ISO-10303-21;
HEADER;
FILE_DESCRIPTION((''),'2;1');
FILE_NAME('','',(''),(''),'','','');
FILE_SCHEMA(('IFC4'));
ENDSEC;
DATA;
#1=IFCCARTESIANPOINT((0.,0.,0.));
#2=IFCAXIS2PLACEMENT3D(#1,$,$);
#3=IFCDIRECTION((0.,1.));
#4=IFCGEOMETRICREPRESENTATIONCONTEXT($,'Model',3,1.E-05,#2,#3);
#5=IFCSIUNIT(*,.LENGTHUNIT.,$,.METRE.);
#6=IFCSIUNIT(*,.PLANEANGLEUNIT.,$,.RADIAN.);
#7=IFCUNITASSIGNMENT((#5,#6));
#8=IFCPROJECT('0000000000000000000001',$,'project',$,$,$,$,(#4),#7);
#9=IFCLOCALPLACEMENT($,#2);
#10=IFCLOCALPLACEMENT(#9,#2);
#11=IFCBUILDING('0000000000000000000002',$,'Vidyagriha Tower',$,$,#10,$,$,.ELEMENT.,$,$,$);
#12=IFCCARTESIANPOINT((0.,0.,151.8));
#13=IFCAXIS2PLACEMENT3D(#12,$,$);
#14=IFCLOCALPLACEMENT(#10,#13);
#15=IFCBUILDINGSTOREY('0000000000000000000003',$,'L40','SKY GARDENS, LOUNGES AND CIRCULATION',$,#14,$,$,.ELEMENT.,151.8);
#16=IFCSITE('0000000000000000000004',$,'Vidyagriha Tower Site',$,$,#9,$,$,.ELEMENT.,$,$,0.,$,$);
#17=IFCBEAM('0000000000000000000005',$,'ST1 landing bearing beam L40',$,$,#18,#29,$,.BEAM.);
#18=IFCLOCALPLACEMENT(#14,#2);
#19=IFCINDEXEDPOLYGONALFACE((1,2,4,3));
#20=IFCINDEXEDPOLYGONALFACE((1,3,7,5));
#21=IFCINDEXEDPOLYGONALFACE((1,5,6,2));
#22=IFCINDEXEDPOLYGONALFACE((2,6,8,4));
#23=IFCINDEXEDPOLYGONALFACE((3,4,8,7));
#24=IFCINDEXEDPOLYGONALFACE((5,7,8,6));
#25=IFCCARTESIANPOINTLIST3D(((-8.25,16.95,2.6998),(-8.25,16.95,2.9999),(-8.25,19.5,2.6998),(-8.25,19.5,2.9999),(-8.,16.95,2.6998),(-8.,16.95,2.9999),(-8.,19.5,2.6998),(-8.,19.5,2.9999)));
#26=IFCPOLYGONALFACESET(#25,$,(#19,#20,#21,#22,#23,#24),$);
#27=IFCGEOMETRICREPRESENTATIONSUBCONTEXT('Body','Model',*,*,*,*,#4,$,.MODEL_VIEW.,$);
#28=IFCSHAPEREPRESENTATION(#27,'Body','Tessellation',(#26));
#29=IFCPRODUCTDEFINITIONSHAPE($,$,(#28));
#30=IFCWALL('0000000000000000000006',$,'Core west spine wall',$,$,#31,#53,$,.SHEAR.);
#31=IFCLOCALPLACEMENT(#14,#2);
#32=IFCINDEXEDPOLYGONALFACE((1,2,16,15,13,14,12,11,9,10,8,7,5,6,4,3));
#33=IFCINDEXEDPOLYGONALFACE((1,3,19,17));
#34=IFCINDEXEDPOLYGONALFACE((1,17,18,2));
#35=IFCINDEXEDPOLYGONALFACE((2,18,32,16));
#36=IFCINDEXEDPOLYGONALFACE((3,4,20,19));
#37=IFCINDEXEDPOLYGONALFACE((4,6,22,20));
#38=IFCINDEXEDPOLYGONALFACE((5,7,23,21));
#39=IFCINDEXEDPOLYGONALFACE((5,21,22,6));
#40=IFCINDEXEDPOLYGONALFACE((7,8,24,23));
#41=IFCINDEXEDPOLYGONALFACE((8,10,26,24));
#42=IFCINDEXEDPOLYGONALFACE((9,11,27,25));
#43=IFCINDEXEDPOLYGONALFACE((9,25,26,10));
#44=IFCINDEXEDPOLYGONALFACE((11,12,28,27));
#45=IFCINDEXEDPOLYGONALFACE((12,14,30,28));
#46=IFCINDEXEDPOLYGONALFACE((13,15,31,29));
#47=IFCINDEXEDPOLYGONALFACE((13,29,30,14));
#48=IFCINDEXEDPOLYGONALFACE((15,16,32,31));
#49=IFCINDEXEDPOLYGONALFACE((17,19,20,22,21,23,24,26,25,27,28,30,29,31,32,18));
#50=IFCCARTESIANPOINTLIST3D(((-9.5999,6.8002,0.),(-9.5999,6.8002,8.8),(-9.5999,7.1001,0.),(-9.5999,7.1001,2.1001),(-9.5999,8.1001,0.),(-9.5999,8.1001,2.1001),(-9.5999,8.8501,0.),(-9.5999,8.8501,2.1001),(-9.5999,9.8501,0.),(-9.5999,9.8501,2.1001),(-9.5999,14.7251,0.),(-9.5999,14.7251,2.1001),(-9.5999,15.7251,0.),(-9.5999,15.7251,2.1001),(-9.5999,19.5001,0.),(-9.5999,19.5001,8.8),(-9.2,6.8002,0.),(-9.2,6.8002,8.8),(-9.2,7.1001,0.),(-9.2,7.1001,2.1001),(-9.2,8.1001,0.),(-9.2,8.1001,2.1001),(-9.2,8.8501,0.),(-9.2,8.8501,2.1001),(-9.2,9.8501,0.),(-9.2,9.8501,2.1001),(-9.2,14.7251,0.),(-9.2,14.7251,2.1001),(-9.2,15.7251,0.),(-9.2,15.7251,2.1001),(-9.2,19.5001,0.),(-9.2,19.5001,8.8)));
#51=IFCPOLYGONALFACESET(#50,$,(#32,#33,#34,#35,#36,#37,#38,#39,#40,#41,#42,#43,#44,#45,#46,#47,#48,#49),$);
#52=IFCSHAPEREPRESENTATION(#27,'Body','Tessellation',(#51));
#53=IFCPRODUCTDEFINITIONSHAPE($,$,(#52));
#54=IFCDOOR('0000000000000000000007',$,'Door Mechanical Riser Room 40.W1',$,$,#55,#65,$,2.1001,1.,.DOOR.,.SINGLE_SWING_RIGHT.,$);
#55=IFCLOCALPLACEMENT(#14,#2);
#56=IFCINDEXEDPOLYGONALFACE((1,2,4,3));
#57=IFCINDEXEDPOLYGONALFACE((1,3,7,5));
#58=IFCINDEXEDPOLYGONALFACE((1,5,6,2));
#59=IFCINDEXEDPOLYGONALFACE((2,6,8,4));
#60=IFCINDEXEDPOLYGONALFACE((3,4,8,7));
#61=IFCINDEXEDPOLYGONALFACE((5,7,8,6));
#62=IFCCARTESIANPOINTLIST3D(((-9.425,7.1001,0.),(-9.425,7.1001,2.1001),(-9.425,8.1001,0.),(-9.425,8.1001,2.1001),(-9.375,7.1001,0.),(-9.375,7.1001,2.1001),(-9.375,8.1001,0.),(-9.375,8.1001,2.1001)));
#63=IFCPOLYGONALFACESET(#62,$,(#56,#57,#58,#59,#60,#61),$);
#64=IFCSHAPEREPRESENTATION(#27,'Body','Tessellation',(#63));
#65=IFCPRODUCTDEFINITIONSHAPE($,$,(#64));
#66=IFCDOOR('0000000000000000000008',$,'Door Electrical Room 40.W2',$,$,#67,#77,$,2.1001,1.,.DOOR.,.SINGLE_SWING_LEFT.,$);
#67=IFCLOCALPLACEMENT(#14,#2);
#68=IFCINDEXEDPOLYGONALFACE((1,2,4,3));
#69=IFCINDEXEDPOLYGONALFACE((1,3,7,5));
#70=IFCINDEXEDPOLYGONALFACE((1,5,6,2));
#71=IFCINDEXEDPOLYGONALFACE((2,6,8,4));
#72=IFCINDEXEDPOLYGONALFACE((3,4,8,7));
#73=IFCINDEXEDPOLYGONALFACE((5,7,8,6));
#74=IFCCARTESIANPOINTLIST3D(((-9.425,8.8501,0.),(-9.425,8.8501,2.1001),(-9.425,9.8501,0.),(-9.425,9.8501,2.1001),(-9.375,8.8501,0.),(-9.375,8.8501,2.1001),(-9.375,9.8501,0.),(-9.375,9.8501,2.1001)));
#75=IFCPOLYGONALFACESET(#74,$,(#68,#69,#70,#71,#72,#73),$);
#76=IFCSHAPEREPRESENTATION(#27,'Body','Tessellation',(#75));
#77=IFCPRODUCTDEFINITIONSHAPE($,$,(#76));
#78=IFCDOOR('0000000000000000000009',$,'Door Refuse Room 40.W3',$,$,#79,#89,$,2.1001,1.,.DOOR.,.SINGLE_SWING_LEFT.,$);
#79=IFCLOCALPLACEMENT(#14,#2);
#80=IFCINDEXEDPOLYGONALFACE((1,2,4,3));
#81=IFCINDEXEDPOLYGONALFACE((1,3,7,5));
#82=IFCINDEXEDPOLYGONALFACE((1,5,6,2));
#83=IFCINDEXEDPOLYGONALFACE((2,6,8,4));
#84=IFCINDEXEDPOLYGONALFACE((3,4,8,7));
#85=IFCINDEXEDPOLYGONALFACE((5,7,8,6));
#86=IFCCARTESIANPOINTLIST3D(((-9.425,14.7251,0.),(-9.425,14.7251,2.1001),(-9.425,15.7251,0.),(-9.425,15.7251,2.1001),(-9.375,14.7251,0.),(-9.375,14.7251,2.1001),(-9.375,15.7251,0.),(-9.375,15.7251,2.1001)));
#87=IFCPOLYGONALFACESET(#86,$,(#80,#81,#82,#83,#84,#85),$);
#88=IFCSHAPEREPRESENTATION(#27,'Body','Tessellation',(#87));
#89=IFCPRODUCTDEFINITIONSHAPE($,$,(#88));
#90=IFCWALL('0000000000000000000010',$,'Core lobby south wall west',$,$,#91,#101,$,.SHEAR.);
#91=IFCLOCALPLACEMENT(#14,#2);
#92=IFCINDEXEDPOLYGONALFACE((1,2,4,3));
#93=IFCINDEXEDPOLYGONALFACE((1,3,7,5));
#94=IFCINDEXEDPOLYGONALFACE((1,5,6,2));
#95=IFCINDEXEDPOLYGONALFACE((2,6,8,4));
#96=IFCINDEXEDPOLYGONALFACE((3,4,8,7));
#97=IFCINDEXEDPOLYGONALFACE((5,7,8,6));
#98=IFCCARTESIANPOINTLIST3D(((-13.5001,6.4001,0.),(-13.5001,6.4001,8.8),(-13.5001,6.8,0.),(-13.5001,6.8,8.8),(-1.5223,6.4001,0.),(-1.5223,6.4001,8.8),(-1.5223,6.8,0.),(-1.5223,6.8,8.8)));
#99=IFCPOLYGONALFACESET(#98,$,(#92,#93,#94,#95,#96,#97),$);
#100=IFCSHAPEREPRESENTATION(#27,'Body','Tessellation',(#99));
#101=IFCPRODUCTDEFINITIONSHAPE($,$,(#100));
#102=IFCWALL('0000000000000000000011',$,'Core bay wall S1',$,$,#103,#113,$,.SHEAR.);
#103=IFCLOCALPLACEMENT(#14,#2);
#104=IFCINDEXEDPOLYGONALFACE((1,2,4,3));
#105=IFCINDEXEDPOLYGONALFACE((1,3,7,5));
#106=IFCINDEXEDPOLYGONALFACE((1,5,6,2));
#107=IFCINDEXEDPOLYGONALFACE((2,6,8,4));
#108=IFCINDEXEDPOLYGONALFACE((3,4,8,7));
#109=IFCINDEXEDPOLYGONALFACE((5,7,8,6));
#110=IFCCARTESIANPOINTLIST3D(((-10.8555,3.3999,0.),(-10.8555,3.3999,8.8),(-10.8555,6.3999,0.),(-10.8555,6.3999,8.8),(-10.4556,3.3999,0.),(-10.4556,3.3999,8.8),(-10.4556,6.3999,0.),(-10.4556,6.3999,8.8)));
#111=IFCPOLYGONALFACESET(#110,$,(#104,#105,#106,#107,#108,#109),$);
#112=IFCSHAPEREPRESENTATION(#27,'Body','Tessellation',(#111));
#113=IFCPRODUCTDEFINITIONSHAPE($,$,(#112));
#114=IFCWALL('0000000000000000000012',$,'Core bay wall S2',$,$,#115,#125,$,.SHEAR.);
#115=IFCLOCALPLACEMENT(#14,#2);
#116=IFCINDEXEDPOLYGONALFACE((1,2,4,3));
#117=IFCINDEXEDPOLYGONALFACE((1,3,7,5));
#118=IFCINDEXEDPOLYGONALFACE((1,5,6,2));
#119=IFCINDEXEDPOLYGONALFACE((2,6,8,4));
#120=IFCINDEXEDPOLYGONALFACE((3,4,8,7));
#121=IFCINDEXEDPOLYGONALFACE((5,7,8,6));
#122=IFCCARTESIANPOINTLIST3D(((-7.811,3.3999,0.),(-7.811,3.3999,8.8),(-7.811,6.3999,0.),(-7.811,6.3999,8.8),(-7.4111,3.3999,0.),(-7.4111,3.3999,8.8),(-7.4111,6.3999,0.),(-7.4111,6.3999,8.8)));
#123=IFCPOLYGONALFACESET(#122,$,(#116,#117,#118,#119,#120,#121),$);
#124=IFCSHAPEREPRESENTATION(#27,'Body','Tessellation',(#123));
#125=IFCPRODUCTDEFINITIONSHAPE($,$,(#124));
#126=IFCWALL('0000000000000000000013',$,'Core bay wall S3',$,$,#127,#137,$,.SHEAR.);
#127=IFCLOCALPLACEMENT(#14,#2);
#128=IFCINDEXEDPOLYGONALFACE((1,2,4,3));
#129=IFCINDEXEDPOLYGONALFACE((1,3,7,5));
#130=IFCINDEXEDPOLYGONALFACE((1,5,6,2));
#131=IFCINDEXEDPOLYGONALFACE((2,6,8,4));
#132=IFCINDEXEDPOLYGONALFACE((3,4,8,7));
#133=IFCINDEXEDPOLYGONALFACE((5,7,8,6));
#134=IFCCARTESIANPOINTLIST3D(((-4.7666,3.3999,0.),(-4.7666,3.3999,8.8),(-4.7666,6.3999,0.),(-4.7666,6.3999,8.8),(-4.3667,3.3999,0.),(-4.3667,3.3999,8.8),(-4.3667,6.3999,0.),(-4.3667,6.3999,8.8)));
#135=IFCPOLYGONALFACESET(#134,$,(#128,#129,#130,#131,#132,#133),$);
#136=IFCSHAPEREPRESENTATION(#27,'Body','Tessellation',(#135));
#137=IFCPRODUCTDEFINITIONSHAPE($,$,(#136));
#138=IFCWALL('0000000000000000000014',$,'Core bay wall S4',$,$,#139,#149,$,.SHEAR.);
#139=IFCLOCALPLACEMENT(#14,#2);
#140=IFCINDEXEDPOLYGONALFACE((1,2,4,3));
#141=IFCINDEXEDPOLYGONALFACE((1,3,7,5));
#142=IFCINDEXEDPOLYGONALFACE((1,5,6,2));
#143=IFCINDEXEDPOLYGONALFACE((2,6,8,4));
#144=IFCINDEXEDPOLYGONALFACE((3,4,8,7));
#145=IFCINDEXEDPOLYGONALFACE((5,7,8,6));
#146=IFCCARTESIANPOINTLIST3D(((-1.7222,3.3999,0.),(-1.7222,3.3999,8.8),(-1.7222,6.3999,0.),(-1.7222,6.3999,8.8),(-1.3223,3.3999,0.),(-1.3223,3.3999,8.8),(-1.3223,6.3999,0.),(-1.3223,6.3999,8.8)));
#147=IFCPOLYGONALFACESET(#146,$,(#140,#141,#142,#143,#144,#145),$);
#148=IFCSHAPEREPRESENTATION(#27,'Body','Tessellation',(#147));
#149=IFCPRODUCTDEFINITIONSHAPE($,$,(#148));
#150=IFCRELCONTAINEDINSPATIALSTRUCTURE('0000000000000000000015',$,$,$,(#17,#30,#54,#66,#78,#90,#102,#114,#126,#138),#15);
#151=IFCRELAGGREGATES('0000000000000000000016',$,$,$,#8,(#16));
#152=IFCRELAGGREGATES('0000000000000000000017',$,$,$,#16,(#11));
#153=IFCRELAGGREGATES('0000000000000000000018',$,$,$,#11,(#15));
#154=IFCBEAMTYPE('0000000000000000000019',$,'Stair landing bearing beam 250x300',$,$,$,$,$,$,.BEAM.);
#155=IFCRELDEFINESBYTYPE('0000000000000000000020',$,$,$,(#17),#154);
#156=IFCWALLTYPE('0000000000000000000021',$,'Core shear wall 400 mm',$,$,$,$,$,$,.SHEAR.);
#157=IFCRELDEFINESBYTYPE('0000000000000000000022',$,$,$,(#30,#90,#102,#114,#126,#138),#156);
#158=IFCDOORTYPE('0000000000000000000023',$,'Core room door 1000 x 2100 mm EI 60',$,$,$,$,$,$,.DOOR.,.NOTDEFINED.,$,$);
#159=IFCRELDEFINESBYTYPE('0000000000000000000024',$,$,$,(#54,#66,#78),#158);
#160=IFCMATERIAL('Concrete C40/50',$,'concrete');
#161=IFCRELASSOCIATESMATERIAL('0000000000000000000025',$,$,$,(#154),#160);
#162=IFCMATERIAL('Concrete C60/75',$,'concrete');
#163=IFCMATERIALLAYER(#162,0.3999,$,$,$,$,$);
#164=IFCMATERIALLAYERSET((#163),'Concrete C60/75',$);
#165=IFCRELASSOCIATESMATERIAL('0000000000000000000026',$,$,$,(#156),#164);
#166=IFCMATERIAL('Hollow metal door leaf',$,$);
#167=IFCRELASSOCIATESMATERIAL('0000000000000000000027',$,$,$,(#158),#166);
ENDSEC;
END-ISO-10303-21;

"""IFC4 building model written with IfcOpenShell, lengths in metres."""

from ifc_helpers import new_model, si_unit, direction, frame, frame_2d, origin, origin_2d, place, context, subcontext, project, spatial, rectangle, extrude, material, layer, layer_set, material_profile, profile_set, type_object, element, fill, save


model = new_model("IFC4")

# Units and contexts
model_context = context("Model", 3, precision=1e-05, world=origin(), true_north=direction((0.0, 1.0)))
body_context = subcontext(model_context, "Body", "Model", "MODEL_VIEW")
ifc_project = project(units=[si_unit("LENGTHUNIT", "METRE"), si_unit("PLANEANGLEUNIT", "RADIAN")], contexts=[model_context])

# Site, building, storey
site_placement = place(None, origin())
site = spatial("IfcSite", under=ifc_project, at=site_placement, Name="Vidyagriha Tower Site", CompositionType="ELEMENT", RefElevation=0.0)
building_placement = place(site_placement, origin())
building = spatial("IfcBuilding", under=site, at=building_placement, Name="Vidyagriha Tower", CompositionType="ELEMENT")
storey_placement = place(building_placement, frame((0.0, 0.0, 151.8)))
storey = spatial("IfcBuildingStorey", under=building, at=storey_placement, Name="L40", Description="SKY GARDENS, LOUNGES AND CIRCULATION", CompositionType="ELEMENT", Elevation=151.8)

# Beam
ifc_material_1 = material(Name="Concrete C40/50", Category="concrete")
ifc_material_profile = material_profile(ifc_material_1, rectangle(XDim=0.25, YDim=0.3, at=origin_2d()), Name="Stair landing bearing beam 250x300")
ifc_profile_set = profile_set([ifc_material_profile], Name="Concrete C40/50")
beam_type = type_object("IfcBeamType", Name="Stair landing bearing beam 250x300", PredefinedType="BEAM", material=ifc_profile_set)
beam_placement = place(storey_placement, frame((-8.125, 16.95, 2.8499), z_axis=(0.0, 1.0, 0.0), x_axis=(-1.0, 0.0, 0.0)))
element("IfcBeam", 1, at=beam_placement, inside=storey, type_object=beam_type, Name="ST1 landing bearing beam L40", PredefinedType="BEAM", context=body_context, shape_type="SweptSolid", body=[
    extrude(rectangle(XDim=0.25, YDim=0.3, at=origin_2d()), origin(), (0.0, 0.0, 1.0), 2.55),
])

# Wall, openings, doors
ifc_material_2 = material(Name="Concrete C60/75", Category="concrete")
ifc_layer_1 = layer(ifc_material_2, 0.3999)
ifc_layer_set_1 = layer_set([ifc_layer_1], Name="Concrete C60/75")
wall_type_1 = type_object("IfcWallType", Name="Core shear wall 400 mm", PredefinedType="SHEAR", material=ifc_layer_set_1)
wall_1_placement = place(storey_placement, frame((-9.3999, 6.8, 0.0), z_axis=(0.0, 0.0, 1.0), x_axis=(0.0, 1.0, 0.0)))
wall_1 = element("IfcWall", 2, at=wall_1_placement, inside=storey, type_object=wall_type_1, Name="Core west spine wall", PredefinedType="SHEAR", context=body_context, shape_type="SweptSolid", body=[
    extrude(rectangle(XDim=12.7, YDim=0.3999, at=frame_2d((6.3501, 0.0))), origin(), (0.0, 0.0, 1.0), 8.8),
])
opening_1_placement = place(wall_1_placement, frame((0.3, 0.0, 0.0)))
opening_1 = element("IfcOpeningElement", 3, at=opening_1_placement, cuts=wall_1, PredefinedType="OPENING", context=body_context, shape_type="SweptSolid", body=[
    extrude(rectangle(XDim=1.0, YDim=2.1001, at=frame_2d((0.5, 1.05))), frame((0.0, 0.21, 0.0), z_axis=(0.0, -1.0, 0.0), x_axis=(1.0, 0.0, 0.0)), (0.0, 0.0, 1.0), 0.4199),
])
opening_2_placement = place(wall_1_placement, frame((2.05, 0.0, 0.0)))
opening_2 = element("IfcOpeningElement", 4, at=opening_2_placement, cuts=wall_1, PredefinedType="OPENING", context=body_context, shape_type="SweptSolid", body=[
    extrude(rectangle(XDim=1.0, YDim=2.1001, at=frame_2d((0.5, 1.05))), frame((0.0, 0.21, 0.0), z_axis=(0.0, -1.0, 0.0), x_axis=(1.0, 0.0, 0.0)), (0.0, 0.0, 1.0), 0.4199),
])
opening_3_placement = place(wall_1_placement, frame((7.925, 0.0, 0.0)))
opening_3 = element("IfcOpeningElement", 5, at=opening_3_placement, cuts=wall_1, PredefinedType="OPENING", context=body_context, shape_type="SweptSolid", body=[
    extrude(rectangle(XDim=1.0, YDim=2.1001, at=frame_2d((0.5, 1.05))), frame((0.0, 0.21, 0.0), z_axis=(0.0, -1.0, 0.0), x_axis=(1.0, 0.0, 0.0)), (0.0, 0.0, 1.0), 0.4199),
])
ifc_material_3 = material(Name="Hollow metal door leaf")
door_type_1 = type_object("IfcDoorType", Name="Core room door 1000 x 2100 mm EI 60", OperationType="NOTDEFINED", PredefinedType="DOOR", material=ifc_material_3)
door_1_placement = place(opening_1_placement, frame((1.0, 0.0, 0.0), z_axis=(0.0, 0.0, 1.0), x_axis=(-1.0, 0.0, 0.0)))
door_1 = element("IfcDoor", 6, at=door_1_placement, inside=storey, type_object=door_type_1, Name="Door Mechanical Riser Room 40.W1", OperationType="SINGLE_SWING_RIGHT", OverallHeight=2.1001, OverallWidth=1.0, PredefinedType="DOOR", context=body_context, shape_type="SweptSolid", body=[
    extrude(rectangle(XDim=1.0, YDim=2.1001, at=frame_2d((0.5, 1.05))), frame((0.0, 0.0249, 0.0), z_axis=(0.0, -1.0, 0.0), x_axis=(1.0, 0.0, 0.0)), (0.0, 0.0, 1.0), 0.05),
])
fill(opening_1, door_1)
door_2_placement = place(opening_2_placement, frame((1.0, 0.0, 0.0), z_axis=(0.0, 0.0, 1.0), x_axis=(-1.0, 0.0, 0.0)))
door_2 = element("IfcDoor", 7, at=door_2_placement, inside=storey, type_object=door_type_1, Name="Door Electrical Room 40.W2", OperationType="SINGLE_SWING_LEFT", OverallHeight=2.1001, OverallWidth=1.0, PredefinedType="DOOR", context=body_context, shape_type="SweptSolid", body=[
    extrude(rectangle(XDim=1.0, YDim=2.1001, at=frame_2d((0.5, 1.05))), frame((0.0, 0.0249, 0.0), z_axis=(0.0, -1.0, 0.0), x_axis=(1.0, 0.0, 0.0)), (0.0, 0.0, 1.0), 0.05),
])
fill(opening_2, door_2)
door_3_placement = place(opening_3_placement, frame((1.0, 0.0, 0.0), z_axis=(0.0, 0.0, 1.0), x_axis=(-1.0, 0.0, 0.0)))
door_3 = element("IfcDoor", 8, at=door_3_placement, inside=storey, type_object=door_type_1, Name="Door Refuse Room 40.W3", OperationType="SINGLE_SWING_LEFT", OverallHeight=2.1001, OverallWidth=1.0, PredefinedType="DOOR", context=body_context, shape_type="SweptSolid", body=[
    extrude(rectangle(XDim=1.0, YDim=2.1001, at=frame_2d((0.5, 1.05))), frame((0.0, 0.0249, 0.0), z_axis=(0.0, -1.0, 0.0), x_axis=(1.0, 0.0, 0.0)), (0.0, 0.0, 1.0), 0.05),
])
fill(opening_3, door_3)

# Walls
wall_2_placement = place(storey_placement, frame((-13.5, 6.6001, 0.0)))
element("IfcWall", 9, at=wall_2_placement, inside=storey, type_object=wall_type_1, Name="Core lobby south wall west", PredefinedType="SHEAR", context=body_context, shape_type="SweptSolid", body=[
    extrude(rectangle(XDim=11.9778, YDim=0.3999, at=frame_2d((5.9888, 0.0))), origin(), (0.0, 0.0, 1.0), 8.8),
])
for number, where, z_axis, x_axis, name in (
    (10, (-10.6555, 3.3999, 0.0), (0.0, 0.0, 1.0), (0.0, 1.0, 0.0), "Core bay wall S1"),
    (11, (-7.6111, 3.3999, 0.0), (0.0, 0.0, 1.0), (0.0, 1.0, 0.0), "Core bay wall S2"),
    (12, (-4.5667, 3.3999, 0.0), (0.0, 0.0, 1.0), (0.0, 1.0, 0.0), "Core bay wall S3"),
    (13, (-1.5222, 3.3999, 0.0), (0.0, 0.0, 1.0), (0.0, 1.0, 0.0), "Core bay wall S4"),
):
    element("IfcWall", number, at=place(storey_placement, frame(where, z_axis=z_axis, x_axis=x_axis)), inside=storey, type_object=wall_type_1, Name=name, PredefinedType="SHEAR", context=body_context, shape_type="SweptSolid", body=[
        extrude(rectangle(XDim=3.0, YDim=0.3999, at=frame_2d((1.5, 0.0))), origin(), (0.0, 0.0, 1.0), 8.8),
    ])

save(model, "model.ifc")
